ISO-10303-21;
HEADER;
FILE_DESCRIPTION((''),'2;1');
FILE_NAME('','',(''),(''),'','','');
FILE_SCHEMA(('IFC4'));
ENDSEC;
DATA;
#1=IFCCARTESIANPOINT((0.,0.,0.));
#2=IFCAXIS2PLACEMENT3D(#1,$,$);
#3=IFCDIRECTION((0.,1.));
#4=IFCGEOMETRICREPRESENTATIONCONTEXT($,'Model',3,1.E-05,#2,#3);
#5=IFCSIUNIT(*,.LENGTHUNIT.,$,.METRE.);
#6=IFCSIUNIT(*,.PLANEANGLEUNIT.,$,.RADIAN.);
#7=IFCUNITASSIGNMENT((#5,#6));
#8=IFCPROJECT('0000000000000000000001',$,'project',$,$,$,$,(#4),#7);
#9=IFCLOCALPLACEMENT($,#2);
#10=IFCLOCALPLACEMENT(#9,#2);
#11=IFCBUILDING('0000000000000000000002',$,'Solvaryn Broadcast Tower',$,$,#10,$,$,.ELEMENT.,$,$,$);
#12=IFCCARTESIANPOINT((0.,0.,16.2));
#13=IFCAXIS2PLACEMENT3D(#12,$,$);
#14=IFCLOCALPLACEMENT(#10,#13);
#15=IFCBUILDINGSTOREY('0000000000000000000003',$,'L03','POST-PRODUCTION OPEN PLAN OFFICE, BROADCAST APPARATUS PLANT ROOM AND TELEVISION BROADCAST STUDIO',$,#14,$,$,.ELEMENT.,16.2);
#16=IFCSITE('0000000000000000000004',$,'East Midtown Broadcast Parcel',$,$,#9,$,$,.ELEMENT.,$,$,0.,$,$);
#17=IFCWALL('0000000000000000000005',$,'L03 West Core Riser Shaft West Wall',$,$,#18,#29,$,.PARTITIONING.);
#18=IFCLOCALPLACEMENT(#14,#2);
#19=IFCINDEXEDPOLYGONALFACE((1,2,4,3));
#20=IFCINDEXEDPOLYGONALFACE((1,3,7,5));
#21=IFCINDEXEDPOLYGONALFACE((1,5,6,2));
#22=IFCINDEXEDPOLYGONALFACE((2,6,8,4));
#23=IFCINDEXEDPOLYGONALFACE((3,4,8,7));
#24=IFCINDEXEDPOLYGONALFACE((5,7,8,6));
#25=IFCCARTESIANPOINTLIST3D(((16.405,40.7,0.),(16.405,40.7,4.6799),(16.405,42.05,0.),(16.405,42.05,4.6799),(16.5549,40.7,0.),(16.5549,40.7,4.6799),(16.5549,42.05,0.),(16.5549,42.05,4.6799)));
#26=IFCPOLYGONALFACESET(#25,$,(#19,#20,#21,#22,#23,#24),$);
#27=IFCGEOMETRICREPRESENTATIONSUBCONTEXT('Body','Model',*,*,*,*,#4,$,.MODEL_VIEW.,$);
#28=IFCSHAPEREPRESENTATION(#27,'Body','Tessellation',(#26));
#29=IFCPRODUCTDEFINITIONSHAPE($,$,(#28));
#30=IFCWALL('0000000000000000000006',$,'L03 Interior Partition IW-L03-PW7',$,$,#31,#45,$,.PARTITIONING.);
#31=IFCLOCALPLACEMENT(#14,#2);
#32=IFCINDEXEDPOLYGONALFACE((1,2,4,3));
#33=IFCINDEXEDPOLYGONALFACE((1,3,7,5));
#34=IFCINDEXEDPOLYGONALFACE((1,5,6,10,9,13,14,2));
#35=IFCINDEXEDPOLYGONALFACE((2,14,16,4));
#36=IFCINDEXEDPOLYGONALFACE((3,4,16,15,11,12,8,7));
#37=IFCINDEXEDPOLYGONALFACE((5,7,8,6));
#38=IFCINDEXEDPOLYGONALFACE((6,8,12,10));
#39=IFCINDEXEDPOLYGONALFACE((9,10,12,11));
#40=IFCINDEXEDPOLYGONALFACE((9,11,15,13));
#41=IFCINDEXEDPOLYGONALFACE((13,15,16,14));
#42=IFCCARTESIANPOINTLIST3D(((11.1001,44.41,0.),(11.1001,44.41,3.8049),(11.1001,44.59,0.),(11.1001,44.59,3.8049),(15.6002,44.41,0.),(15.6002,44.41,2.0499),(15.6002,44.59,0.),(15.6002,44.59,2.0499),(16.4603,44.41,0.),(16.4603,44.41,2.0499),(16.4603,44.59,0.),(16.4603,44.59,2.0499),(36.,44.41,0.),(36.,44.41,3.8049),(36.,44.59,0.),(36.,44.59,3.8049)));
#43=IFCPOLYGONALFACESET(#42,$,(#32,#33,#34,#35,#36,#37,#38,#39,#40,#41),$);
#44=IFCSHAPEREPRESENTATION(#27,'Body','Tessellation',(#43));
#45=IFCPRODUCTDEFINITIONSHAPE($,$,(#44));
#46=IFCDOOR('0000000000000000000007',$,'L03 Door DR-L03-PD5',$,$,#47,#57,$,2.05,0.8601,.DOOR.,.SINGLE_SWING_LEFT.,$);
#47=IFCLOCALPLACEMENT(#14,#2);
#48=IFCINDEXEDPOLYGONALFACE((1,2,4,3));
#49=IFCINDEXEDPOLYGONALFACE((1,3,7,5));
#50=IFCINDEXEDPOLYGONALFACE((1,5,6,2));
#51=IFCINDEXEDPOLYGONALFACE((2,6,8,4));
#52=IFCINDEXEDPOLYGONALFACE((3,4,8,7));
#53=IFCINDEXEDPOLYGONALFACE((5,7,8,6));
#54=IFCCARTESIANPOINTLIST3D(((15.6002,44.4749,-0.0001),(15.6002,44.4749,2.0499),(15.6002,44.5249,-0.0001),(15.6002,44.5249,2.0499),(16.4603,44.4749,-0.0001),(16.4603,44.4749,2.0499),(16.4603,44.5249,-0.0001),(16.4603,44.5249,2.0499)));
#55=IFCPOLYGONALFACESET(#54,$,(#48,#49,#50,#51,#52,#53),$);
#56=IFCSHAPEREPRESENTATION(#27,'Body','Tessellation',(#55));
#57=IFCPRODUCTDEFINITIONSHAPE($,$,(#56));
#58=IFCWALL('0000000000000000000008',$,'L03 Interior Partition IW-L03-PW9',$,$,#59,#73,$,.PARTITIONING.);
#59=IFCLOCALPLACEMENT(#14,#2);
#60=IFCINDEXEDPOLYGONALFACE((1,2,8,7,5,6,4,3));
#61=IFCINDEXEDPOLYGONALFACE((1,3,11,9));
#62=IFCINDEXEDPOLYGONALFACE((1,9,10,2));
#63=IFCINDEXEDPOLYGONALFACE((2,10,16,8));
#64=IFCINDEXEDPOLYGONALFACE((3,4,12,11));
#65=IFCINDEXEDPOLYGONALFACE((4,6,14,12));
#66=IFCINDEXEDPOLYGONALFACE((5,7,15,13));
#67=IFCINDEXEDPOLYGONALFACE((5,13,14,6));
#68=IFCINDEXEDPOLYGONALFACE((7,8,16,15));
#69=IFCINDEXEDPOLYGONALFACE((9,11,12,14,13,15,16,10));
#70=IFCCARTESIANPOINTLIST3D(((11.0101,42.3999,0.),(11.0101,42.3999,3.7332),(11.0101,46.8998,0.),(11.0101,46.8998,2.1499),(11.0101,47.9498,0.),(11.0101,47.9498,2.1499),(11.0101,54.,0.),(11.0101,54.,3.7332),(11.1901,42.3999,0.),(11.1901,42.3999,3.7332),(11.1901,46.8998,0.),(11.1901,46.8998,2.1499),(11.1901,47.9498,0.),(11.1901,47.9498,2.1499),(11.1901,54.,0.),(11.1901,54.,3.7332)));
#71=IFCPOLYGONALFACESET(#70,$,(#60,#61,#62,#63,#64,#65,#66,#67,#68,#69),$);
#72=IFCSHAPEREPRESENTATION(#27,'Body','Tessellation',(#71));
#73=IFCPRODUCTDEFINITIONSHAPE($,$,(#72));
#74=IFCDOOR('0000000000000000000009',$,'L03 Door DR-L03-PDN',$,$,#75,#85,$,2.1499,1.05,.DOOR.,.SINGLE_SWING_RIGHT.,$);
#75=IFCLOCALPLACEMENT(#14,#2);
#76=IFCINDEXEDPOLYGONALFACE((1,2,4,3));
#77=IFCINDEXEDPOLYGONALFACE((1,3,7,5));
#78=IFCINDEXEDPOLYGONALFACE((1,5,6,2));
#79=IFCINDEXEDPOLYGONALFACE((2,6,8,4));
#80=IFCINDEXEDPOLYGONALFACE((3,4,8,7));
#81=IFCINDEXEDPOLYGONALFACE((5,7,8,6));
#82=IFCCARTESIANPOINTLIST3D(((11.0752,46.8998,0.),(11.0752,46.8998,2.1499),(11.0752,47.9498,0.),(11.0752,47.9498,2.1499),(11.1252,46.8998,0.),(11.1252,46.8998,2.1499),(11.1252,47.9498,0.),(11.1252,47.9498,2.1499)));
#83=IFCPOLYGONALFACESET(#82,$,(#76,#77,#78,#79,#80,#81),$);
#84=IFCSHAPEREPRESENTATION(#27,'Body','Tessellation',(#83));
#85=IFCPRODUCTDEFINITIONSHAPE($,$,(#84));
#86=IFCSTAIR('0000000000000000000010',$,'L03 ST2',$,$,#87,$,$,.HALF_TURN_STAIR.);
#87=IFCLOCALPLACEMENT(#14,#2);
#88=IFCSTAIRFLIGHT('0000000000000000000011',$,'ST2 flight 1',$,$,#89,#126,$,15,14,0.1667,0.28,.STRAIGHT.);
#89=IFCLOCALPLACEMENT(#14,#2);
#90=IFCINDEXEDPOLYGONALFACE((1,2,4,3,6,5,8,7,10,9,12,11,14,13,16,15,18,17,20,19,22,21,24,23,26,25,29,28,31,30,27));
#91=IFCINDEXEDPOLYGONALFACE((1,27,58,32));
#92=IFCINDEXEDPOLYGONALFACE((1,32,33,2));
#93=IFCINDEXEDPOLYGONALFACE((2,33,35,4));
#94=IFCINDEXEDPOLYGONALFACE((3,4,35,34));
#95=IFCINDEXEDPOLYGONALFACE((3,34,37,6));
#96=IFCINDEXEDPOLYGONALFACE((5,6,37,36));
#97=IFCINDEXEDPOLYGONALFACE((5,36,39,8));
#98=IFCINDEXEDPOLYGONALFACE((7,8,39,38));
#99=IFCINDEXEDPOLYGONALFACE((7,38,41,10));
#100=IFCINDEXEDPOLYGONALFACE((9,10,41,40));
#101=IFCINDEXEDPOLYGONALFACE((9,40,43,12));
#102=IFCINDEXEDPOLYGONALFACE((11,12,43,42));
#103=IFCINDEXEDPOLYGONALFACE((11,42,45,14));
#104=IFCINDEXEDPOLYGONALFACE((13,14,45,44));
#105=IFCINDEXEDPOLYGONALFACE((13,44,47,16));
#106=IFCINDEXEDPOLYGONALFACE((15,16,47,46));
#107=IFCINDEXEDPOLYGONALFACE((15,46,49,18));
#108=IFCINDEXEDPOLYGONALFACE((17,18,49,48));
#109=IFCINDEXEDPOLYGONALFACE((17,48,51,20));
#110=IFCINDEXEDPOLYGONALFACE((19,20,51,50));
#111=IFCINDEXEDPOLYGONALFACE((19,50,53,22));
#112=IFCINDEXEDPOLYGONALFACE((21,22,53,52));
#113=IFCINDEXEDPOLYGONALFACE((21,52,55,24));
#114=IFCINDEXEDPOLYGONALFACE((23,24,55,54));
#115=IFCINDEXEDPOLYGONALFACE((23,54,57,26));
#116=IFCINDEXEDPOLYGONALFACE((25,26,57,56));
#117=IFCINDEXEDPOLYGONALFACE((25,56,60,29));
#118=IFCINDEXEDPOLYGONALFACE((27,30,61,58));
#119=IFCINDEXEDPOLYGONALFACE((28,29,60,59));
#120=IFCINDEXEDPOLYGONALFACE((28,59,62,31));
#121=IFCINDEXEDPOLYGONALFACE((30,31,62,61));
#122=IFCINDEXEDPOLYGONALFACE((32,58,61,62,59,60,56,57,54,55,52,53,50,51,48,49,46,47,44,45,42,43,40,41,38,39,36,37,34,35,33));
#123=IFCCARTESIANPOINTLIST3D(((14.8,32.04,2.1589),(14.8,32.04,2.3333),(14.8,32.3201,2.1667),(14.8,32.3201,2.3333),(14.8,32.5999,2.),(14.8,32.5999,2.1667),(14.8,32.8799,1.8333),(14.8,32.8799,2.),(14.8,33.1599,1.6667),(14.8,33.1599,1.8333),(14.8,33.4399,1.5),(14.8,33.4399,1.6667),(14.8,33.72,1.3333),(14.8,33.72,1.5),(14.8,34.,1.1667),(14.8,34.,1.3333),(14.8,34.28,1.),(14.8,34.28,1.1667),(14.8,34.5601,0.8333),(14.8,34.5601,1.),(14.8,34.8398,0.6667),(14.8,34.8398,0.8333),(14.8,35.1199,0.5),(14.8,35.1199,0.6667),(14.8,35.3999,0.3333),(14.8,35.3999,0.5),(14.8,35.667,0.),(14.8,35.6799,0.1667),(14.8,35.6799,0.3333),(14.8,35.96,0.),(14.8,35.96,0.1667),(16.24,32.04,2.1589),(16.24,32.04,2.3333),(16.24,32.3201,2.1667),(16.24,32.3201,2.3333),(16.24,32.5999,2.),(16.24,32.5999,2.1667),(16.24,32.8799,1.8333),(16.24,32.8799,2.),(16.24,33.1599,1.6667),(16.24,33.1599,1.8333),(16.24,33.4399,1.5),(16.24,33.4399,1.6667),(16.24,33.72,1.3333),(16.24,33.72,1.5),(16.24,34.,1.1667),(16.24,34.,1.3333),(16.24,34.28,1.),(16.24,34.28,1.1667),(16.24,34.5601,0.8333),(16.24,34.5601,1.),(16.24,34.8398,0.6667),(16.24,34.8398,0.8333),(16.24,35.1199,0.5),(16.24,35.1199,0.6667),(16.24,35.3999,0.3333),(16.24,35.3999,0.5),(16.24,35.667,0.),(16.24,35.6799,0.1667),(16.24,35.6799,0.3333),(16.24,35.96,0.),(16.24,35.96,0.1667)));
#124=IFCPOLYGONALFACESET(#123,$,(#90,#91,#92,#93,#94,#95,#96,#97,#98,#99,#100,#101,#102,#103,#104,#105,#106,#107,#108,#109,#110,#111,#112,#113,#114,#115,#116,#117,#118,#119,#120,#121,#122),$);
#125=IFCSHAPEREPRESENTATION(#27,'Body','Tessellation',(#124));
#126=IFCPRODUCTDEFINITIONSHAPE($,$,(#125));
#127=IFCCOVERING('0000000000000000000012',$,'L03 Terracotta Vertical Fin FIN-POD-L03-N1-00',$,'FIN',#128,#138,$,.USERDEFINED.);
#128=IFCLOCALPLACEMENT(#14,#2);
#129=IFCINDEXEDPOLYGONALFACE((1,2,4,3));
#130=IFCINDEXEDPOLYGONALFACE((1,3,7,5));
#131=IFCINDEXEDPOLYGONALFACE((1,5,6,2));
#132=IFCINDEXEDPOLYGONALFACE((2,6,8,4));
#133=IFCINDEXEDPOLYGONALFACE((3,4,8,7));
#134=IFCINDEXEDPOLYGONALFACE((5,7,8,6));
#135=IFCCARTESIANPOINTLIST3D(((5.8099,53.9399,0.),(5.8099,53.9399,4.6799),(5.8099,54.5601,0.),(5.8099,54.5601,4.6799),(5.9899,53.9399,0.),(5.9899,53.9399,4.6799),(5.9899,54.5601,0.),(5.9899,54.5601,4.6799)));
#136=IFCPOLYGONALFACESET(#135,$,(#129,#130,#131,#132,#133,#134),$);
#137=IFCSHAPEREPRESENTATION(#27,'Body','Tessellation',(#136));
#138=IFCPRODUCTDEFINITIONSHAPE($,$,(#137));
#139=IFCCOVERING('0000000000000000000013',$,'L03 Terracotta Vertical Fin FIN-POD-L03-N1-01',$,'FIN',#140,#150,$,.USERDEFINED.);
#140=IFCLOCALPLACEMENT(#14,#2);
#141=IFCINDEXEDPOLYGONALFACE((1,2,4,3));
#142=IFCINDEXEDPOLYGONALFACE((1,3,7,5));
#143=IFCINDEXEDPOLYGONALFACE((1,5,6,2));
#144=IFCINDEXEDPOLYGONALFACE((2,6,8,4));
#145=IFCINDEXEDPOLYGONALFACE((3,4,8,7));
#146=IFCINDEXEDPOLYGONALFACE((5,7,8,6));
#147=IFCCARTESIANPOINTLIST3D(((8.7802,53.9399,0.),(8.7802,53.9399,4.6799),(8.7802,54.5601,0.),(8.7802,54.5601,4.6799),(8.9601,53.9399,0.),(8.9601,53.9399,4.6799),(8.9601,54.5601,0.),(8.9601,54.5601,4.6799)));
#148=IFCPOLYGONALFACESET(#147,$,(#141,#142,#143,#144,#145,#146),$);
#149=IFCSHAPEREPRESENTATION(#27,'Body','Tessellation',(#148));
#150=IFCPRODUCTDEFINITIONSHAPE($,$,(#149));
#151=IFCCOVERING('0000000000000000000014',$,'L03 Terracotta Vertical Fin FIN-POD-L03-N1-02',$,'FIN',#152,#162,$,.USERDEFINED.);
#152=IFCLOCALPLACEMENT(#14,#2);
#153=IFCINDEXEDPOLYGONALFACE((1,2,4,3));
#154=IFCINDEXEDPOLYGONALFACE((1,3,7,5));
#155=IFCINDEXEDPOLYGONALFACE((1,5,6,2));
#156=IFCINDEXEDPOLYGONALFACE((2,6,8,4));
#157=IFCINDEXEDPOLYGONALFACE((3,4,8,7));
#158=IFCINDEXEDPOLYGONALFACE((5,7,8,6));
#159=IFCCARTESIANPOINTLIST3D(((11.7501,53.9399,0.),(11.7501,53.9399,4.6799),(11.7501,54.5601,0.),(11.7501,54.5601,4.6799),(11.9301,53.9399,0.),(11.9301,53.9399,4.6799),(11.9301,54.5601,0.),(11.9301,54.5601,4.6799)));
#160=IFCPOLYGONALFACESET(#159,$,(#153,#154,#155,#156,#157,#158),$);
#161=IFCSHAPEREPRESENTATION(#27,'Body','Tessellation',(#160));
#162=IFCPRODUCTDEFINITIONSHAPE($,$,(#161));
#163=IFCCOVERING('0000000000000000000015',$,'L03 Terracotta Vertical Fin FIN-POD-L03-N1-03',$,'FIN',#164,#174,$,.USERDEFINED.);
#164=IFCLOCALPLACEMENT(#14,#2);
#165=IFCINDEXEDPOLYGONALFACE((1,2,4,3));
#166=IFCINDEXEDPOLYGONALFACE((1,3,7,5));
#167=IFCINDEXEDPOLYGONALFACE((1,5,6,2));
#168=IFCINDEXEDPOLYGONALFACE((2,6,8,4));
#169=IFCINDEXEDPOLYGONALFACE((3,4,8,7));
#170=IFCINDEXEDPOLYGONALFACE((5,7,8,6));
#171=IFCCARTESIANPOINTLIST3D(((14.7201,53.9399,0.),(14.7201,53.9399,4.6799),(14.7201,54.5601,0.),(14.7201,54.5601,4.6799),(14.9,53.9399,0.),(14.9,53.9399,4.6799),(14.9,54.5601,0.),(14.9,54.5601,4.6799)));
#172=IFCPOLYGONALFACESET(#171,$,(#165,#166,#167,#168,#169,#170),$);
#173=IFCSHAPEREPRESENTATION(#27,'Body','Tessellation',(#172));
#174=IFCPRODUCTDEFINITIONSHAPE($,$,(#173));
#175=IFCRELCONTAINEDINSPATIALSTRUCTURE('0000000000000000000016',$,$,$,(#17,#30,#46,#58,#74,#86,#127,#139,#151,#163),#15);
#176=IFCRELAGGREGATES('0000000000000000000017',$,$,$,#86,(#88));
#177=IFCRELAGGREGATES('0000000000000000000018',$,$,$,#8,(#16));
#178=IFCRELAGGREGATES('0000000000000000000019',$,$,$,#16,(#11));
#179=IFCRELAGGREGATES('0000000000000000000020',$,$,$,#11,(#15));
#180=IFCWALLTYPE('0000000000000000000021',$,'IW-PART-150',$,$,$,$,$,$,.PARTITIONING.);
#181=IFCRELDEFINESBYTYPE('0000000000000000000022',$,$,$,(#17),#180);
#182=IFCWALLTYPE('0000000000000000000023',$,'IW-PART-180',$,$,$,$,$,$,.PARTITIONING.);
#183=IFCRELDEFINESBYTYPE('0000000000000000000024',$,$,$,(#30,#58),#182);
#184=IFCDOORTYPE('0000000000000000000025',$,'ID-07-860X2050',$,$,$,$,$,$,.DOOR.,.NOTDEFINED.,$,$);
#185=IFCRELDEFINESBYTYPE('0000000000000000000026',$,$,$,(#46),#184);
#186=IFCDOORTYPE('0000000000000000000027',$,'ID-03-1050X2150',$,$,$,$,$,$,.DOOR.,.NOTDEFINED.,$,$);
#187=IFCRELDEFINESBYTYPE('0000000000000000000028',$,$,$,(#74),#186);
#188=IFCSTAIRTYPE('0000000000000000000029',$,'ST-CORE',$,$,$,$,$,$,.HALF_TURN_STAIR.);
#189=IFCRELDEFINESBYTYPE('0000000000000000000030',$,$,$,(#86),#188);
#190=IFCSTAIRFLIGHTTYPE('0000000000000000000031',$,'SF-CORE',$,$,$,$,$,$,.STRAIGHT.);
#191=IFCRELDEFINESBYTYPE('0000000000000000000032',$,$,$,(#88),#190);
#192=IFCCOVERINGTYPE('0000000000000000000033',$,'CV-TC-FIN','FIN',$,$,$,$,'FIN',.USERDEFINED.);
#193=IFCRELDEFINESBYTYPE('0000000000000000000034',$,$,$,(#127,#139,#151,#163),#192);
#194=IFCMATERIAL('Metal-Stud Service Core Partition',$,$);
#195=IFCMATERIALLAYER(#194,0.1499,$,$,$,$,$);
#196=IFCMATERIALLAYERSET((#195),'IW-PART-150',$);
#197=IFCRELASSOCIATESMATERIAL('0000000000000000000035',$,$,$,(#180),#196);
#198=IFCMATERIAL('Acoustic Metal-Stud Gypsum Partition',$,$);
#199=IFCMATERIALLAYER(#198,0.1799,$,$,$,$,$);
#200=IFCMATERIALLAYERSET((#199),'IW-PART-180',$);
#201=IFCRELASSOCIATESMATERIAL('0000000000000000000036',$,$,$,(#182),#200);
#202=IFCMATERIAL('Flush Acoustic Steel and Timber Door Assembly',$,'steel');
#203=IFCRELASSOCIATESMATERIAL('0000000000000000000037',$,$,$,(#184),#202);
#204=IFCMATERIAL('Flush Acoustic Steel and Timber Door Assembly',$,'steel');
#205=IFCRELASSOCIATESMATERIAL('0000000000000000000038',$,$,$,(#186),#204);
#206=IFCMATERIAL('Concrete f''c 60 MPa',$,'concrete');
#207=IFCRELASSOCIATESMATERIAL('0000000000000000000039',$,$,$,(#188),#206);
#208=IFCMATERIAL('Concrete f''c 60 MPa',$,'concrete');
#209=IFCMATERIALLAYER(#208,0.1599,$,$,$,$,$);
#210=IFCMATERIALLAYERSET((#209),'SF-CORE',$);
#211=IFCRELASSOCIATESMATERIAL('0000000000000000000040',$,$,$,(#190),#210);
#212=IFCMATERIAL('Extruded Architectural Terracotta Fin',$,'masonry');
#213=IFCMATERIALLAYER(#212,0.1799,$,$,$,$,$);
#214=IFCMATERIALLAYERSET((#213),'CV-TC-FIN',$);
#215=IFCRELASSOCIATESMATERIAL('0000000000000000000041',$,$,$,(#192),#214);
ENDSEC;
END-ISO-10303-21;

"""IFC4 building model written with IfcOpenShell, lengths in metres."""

from ifc_helpers import new_model, si_unit, direction, frame, frame_2d, origin, origin_2d, place, context, subcontext, project, spatial, polyline, rectangle, outline, extrude, material, layer, layer_set, type_object, element, fill, aggregate, save


model = new_model("IFC4")

# Units and contexts
model_context = context("Model", 3, precision=1e-05, world=origin(), true_north=direction((0.0, 1.0)))
body_context = subcontext(model_context, "Body", "Model", "MODEL_VIEW")
ifc_project = project(units=[si_unit("LENGTHUNIT", "METRE"), si_unit("PLANEANGLEUNIT", "RADIAN")], contexts=[model_context])

# Site, building, storey
site_placement = place(None, origin())
site = spatial("IfcSite", under=ifc_project, at=site_placement, Name="East Midtown Broadcast Parcel", CompositionType="ELEMENT", RefElevation=0.0)
building_placement = place(site_placement, origin())
building = spatial("IfcBuilding", under=site, at=building_placement, Name="Solvaryn Broadcast Tower", CompositionType="ELEMENT")
storey_placement = place(building_placement, frame((0.0, 0.0, 16.2)))
storey = spatial("IfcBuildingStorey", under=building, at=storey_placement, Name="L03", Description="POST-PRODUCTION OPEN PLAN OFFICE, BROADCAST APPARATUS PLANT ROOM AND TELEVISION BROADCAST STUDIO", CompositionType="ELEMENT", Elevation=16.2)

# Wall
ifc_material_1 = material(Name="Metal-Stud Service Core Partition")
ifc_layer_1 = layer(ifc_material_1, 0.1499)
ifc_layer_set_1 = layer_set([ifc_layer_1], Name="IW-PART-150")
wall_type_1 = type_object("IfcWallType", Name="IW-PART-150", PredefinedType="PARTITIONING", material=ifc_layer_set_1)
wall_1_placement = place(storey_placement, frame((16.48, 40.7, 0.0), z_axis=(0.0, 0.0, 1.0), x_axis=(0.0, 1.0, 0.0)))
element("IfcWall", 1, at=wall_1_placement, inside=storey, type_object=wall_type_1, Name="L03 West Core Riser Shaft West Wall", PredefinedType="PARTITIONING", context=body_context, shape_type="SweptSolid", body=[
    extrude(rectangle(XDim=1.3501, YDim=0.1499, at=frame_2d((0.675, 0.0))), origin(), (0.0, 0.0, 1.0), 4.6799),
])

# Walls, openings, doors
ifc_material_2 = material(Name="Acoustic Metal-Stud Gypsum Partition")
ifc_layer_2 = layer(ifc_material_2, 0.1799)
ifc_layer_set_2 = layer_set([ifc_layer_2], Name="IW-PART-180")
wall_type_2 = type_object("IfcWallType", Name="IW-PART-180", PredefinedType="PARTITIONING", material=ifc_layer_set_2)
wall_2_placement = place(storey_placement, frame((11.1001, 44.5, 0.0), z_axis=(0.0, 0.0, 1.0), x_axis=(1.0, 0.0, 0.0)))
wall_2 = element("IfcWall", 2, at=wall_2_placement, inside=storey, type_object=wall_type_2, Name="L03 Interior Partition IW-L03-PW7", PredefinedType="PARTITIONING", context=body_context, shape_type="SweptSolid", body=[
    extrude(rectangle(XDim=24.8999, YDim=0.1799, at=frame_2d((12.45, 0.0))), origin(), (0.0, 0.0, 1.0), 3.8049),
])
opening_1_placement = place(wall_2_placement, frame((4.5, 0.0, 0.0)))
opening_1 = element("IfcOpeningElement", 3, at=opening_1_placement, cuts=wall_2, PredefinedType="OPENING", context=body_context, shape_type="SweptSolid", body=[
    extrude(rectangle(XDim=0.8601, YDim=2.05, at=frame_2d((0.4302, 1.0249))), frame((0.0, 0.0999, 0.0), z_axis=(0.0, -1.0, 0.0), x_axis=(1.0, 0.0, 0.0)), (0.0, 0.0, 1.0), 0.2),
])
ifc_material_3 = material(Name="Flush Acoustic Steel and Timber Door Assembly", Category="steel")
door_type_1 = type_object("IfcDoorType", Name="ID-07-860X2050", OperationType="NOTDEFINED", PredefinedType="DOOR", material=ifc_material_3)
door_1_placement = place(opening_1_placement, origin())
door_1 = element("IfcDoor", 4, at=door_1_placement, inside=storey, type_object=door_type_1, Name="L03 Door DR-L03-PD5", OperationType="SINGLE_SWING_LEFT", OverallHeight=2.05, OverallWidth=0.8601, PredefinedType="DOOR", context=body_context, shape_type="SweptSolid", body=[
    extrude(rectangle(XDim=0.8601, YDim=2.05, at=frame_2d((0.4302, 1.0249))), frame((0.0, 0.0249, 0.0), z_axis=(0.0, -1.0, 0.0), x_axis=(1.0, 0.0, 0.0)), (0.0, 0.0, 1.0), 0.05),
])
fill(opening_1, door_1)
wall_3_placement = place(storey_placement, frame((11.1001, 42.3999, 0.0), z_axis=(0.0, 0.0, 1.0), x_axis=(0.0, 1.0, 0.0)))
wall_3 = element("IfcWall", 5, at=wall_3_placement, inside=storey, type_object=wall_type_2, Name="L03 Interior Partition IW-L03-PW9", PredefinedType="PARTITIONING", context=body_context, shape_type="SweptSolid", body=[
    extrude(rectangle(XDim=11.6001, YDim=0.1799, at=frame_2d((5.8, 0.0))), origin(), (0.0, 0.0, 1.0), 3.7332),
])
opening_2_placement = place(wall_3_placement, frame((4.5, 0.0, 0.0)))
opening_2 = element("IfcOpeningElement", 6, at=opening_2_placement, cuts=wall_3, PredefinedType="OPENING", context=body_context, shape_type="SweptSolid", body=[
    extrude(rectangle(XDim=1.05, YDim=2.1499, at=frame_2d((0.5249, 1.075))), frame((0.0, 0.0999, 0.0), z_axis=(0.0, -1.0, 0.0), x_axis=(1.0, 0.0, 0.0)), (0.0, 0.0, 1.0), 0.2),
])
ifc_material_4 = material(Name="Flush Acoustic Steel and Timber Door Assembly", Category="steel")
door_type_2 = type_object("IfcDoorType", Name="ID-03-1050X2150", OperationType="NOTDEFINED", PredefinedType="DOOR", material=ifc_material_4)
door_2_placement = place(opening_2_placement, origin())
door_2 = element("IfcDoor", 7, at=door_2_placement, inside=storey, type_object=door_type_2, Name="L03 Door DR-L03-PDN", OperationType="SINGLE_SWING_RIGHT", OverallHeight=2.1499, OverallWidth=1.05, PredefinedType="DOOR", context=body_context, shape_type="SweptSolid", body=[
    extrude(rectangle(XDim=1.05, YDim=2.1499, at=frame_2d((0.5249, 1.075))), frame((0.0, 0.0249, 0.0), z_axis=(0.0, -1.0, 0.0), x_axis=(1.0, 0.0, 0.0)), (0.0, 0.0, 1.0), 0.05),
])
fill(opening_2, door_2)

# Stair, stair flight
ifc_material_5 = material(Name="Concrete f'c 60 MPa", Category="concrete")
stair_type = type_object("IfcStairType", Name="ST-CORE", PredefinedType="HALF_TURN_STAIR", material=ifc_material_5)
stair_placement = place(storey_placement, origin())
stair = element("IfcStair", 8, at=stair_placement, inside=storey, type_object=stair_type, Name="L03 ST2", PredefinedType="HALF_TURN_STAIR")
ifc_material_6 = material(Name="Concrete f'c 60 MPa", Category="concrete")
ifc_layer_3 = layer(ifc_material_6, 0.1599)
ifc_layer_set_3 = layer_set([ifc_layer_3], Name="SF-CORE")
stair_flight_type = type_object("IfcStairFlightType", Name="SF-CORE", PredefinedType="STRAIGHT", material=ifc_layer_set_3)
stair_flight_placement = place(storey_placement, frame((15.52, 35.96, 0.0), z_axis=(0.0, 0.0, 1.0), x_axis=(0.0, -1.0, 0.0)))
stair_flight = element("IfcStairFlight", 9, at=stair_flight_placement, type_object=stair_flight_type, Name="ST2 flight 1", NumberOfRisers=15, NumberOfTreads=14, PredefinedType="STRAIGHT", RiserHeight=0.1667, TreadLength=0.28, context=body_context, shape_type="SweptSolid", body=[
    extrude(outline(polyline([(0.0, 0.0), (0.0, 0.1667), (0.28, 0.1667), (0.28, 0.3333), (0.5601, 0.3333), (0.5601, 0.5), (0.8401, 0.5), (0.8401, 0.6667), (1.1201, 0.6667), (1.1201, 0.8333), (1.3999, 0.8333), (1.3999, 1.0), (1.6799, 1.0), (1.6799, 1.1667), (1.96, 1.1667), (1.96, 1.3333), (2.24, 1.3333), (2.24, 1.5), (2.52, 1.5), (2.52, 1.6667), (2.8, 1.6667), (2.8, 1.8333), (3.0801, 1.8333), (3.0801, 2.0), (3.3601, 2.0), (3.3601, 2.1667), (3.6399, 2.1667), (3.6399, 2.3333), (3.9199, 2.3333), (3.9199, 2.5), (3.9199, 2.1589), (0.293, 0.0), (0.0, 0.0)])), frame((0.0, 0.72, 0.0), z_axis=(0.0, -1.0, 0.0), x_axis=(1.0, 0.0, 0.0)), (0.0, 0.0, 1.0), 1.4399),
])
aggregate(stair, [stair_flight])

# Coverings
ifc_material_7 = material(Name="Extruded Architectural Terracotta Fin", Category="masonry")
ifc_layer_4 = layer(ifc_material_7, 0.1799)
ifc_layer_set_4 = layer_set([ifc_layer_4], Name="CV-TC-FIN")
covering_type = type_object("IfcCoveringType", Name="CV-TC-FIN", Description="FIN", ElementType="FIN", PredefinedType="USERDEFINED", material=ifc_layer_set_4)
for number, where, z_axis, x_axis, name in (
    (10, (5.8999, 54.25, 0.0), (0.0, 0.0, 1.0), (1.0, 0.0, 0.0), "L03 Terracotta Vertical Fin FIN-POD-L03-N1-00"),
    (11, (8.8701, 54.25, 0.0), (0.0, 0.0, 1.0), (1.0, 0.0, 0.0), "L03 Terracotta Vertical Fin FIN-POD-L03-N1-01"),
    (12, (11.8401, 54.25, 0.0), (0.0, 0.0, 1.0), (1.0, 0.0, 0.0), "L03 Terracotta Vertical Fin FIN-POD-L03-N1-02"),
    (13, (14.8101, 54.25, 0.0), (0.0, 0.0, 1.0), (1.0, 0.0, 0.0), "L03 Terracotta Vertical Fin FIN-POD-L03-N1-03"),
):
    element("IfcCovering", number, at=place(storey_placement, frame(where, z_axis=z_axis, x_axis=x_axis)), inside=storey, type_object=covering_type, Name=name, ObjectType="FIN", PredefinedType="USERDEFINED", context=body_context, shape_type="SweptSolid", body=[
        extrude(rectangle(XDim=0.1799, YDim=0.6201, at=origin_2d()), origin(), (0.0, 0.0, 1.0), 4.6799),
    ])

save(model, "model.ifc")
